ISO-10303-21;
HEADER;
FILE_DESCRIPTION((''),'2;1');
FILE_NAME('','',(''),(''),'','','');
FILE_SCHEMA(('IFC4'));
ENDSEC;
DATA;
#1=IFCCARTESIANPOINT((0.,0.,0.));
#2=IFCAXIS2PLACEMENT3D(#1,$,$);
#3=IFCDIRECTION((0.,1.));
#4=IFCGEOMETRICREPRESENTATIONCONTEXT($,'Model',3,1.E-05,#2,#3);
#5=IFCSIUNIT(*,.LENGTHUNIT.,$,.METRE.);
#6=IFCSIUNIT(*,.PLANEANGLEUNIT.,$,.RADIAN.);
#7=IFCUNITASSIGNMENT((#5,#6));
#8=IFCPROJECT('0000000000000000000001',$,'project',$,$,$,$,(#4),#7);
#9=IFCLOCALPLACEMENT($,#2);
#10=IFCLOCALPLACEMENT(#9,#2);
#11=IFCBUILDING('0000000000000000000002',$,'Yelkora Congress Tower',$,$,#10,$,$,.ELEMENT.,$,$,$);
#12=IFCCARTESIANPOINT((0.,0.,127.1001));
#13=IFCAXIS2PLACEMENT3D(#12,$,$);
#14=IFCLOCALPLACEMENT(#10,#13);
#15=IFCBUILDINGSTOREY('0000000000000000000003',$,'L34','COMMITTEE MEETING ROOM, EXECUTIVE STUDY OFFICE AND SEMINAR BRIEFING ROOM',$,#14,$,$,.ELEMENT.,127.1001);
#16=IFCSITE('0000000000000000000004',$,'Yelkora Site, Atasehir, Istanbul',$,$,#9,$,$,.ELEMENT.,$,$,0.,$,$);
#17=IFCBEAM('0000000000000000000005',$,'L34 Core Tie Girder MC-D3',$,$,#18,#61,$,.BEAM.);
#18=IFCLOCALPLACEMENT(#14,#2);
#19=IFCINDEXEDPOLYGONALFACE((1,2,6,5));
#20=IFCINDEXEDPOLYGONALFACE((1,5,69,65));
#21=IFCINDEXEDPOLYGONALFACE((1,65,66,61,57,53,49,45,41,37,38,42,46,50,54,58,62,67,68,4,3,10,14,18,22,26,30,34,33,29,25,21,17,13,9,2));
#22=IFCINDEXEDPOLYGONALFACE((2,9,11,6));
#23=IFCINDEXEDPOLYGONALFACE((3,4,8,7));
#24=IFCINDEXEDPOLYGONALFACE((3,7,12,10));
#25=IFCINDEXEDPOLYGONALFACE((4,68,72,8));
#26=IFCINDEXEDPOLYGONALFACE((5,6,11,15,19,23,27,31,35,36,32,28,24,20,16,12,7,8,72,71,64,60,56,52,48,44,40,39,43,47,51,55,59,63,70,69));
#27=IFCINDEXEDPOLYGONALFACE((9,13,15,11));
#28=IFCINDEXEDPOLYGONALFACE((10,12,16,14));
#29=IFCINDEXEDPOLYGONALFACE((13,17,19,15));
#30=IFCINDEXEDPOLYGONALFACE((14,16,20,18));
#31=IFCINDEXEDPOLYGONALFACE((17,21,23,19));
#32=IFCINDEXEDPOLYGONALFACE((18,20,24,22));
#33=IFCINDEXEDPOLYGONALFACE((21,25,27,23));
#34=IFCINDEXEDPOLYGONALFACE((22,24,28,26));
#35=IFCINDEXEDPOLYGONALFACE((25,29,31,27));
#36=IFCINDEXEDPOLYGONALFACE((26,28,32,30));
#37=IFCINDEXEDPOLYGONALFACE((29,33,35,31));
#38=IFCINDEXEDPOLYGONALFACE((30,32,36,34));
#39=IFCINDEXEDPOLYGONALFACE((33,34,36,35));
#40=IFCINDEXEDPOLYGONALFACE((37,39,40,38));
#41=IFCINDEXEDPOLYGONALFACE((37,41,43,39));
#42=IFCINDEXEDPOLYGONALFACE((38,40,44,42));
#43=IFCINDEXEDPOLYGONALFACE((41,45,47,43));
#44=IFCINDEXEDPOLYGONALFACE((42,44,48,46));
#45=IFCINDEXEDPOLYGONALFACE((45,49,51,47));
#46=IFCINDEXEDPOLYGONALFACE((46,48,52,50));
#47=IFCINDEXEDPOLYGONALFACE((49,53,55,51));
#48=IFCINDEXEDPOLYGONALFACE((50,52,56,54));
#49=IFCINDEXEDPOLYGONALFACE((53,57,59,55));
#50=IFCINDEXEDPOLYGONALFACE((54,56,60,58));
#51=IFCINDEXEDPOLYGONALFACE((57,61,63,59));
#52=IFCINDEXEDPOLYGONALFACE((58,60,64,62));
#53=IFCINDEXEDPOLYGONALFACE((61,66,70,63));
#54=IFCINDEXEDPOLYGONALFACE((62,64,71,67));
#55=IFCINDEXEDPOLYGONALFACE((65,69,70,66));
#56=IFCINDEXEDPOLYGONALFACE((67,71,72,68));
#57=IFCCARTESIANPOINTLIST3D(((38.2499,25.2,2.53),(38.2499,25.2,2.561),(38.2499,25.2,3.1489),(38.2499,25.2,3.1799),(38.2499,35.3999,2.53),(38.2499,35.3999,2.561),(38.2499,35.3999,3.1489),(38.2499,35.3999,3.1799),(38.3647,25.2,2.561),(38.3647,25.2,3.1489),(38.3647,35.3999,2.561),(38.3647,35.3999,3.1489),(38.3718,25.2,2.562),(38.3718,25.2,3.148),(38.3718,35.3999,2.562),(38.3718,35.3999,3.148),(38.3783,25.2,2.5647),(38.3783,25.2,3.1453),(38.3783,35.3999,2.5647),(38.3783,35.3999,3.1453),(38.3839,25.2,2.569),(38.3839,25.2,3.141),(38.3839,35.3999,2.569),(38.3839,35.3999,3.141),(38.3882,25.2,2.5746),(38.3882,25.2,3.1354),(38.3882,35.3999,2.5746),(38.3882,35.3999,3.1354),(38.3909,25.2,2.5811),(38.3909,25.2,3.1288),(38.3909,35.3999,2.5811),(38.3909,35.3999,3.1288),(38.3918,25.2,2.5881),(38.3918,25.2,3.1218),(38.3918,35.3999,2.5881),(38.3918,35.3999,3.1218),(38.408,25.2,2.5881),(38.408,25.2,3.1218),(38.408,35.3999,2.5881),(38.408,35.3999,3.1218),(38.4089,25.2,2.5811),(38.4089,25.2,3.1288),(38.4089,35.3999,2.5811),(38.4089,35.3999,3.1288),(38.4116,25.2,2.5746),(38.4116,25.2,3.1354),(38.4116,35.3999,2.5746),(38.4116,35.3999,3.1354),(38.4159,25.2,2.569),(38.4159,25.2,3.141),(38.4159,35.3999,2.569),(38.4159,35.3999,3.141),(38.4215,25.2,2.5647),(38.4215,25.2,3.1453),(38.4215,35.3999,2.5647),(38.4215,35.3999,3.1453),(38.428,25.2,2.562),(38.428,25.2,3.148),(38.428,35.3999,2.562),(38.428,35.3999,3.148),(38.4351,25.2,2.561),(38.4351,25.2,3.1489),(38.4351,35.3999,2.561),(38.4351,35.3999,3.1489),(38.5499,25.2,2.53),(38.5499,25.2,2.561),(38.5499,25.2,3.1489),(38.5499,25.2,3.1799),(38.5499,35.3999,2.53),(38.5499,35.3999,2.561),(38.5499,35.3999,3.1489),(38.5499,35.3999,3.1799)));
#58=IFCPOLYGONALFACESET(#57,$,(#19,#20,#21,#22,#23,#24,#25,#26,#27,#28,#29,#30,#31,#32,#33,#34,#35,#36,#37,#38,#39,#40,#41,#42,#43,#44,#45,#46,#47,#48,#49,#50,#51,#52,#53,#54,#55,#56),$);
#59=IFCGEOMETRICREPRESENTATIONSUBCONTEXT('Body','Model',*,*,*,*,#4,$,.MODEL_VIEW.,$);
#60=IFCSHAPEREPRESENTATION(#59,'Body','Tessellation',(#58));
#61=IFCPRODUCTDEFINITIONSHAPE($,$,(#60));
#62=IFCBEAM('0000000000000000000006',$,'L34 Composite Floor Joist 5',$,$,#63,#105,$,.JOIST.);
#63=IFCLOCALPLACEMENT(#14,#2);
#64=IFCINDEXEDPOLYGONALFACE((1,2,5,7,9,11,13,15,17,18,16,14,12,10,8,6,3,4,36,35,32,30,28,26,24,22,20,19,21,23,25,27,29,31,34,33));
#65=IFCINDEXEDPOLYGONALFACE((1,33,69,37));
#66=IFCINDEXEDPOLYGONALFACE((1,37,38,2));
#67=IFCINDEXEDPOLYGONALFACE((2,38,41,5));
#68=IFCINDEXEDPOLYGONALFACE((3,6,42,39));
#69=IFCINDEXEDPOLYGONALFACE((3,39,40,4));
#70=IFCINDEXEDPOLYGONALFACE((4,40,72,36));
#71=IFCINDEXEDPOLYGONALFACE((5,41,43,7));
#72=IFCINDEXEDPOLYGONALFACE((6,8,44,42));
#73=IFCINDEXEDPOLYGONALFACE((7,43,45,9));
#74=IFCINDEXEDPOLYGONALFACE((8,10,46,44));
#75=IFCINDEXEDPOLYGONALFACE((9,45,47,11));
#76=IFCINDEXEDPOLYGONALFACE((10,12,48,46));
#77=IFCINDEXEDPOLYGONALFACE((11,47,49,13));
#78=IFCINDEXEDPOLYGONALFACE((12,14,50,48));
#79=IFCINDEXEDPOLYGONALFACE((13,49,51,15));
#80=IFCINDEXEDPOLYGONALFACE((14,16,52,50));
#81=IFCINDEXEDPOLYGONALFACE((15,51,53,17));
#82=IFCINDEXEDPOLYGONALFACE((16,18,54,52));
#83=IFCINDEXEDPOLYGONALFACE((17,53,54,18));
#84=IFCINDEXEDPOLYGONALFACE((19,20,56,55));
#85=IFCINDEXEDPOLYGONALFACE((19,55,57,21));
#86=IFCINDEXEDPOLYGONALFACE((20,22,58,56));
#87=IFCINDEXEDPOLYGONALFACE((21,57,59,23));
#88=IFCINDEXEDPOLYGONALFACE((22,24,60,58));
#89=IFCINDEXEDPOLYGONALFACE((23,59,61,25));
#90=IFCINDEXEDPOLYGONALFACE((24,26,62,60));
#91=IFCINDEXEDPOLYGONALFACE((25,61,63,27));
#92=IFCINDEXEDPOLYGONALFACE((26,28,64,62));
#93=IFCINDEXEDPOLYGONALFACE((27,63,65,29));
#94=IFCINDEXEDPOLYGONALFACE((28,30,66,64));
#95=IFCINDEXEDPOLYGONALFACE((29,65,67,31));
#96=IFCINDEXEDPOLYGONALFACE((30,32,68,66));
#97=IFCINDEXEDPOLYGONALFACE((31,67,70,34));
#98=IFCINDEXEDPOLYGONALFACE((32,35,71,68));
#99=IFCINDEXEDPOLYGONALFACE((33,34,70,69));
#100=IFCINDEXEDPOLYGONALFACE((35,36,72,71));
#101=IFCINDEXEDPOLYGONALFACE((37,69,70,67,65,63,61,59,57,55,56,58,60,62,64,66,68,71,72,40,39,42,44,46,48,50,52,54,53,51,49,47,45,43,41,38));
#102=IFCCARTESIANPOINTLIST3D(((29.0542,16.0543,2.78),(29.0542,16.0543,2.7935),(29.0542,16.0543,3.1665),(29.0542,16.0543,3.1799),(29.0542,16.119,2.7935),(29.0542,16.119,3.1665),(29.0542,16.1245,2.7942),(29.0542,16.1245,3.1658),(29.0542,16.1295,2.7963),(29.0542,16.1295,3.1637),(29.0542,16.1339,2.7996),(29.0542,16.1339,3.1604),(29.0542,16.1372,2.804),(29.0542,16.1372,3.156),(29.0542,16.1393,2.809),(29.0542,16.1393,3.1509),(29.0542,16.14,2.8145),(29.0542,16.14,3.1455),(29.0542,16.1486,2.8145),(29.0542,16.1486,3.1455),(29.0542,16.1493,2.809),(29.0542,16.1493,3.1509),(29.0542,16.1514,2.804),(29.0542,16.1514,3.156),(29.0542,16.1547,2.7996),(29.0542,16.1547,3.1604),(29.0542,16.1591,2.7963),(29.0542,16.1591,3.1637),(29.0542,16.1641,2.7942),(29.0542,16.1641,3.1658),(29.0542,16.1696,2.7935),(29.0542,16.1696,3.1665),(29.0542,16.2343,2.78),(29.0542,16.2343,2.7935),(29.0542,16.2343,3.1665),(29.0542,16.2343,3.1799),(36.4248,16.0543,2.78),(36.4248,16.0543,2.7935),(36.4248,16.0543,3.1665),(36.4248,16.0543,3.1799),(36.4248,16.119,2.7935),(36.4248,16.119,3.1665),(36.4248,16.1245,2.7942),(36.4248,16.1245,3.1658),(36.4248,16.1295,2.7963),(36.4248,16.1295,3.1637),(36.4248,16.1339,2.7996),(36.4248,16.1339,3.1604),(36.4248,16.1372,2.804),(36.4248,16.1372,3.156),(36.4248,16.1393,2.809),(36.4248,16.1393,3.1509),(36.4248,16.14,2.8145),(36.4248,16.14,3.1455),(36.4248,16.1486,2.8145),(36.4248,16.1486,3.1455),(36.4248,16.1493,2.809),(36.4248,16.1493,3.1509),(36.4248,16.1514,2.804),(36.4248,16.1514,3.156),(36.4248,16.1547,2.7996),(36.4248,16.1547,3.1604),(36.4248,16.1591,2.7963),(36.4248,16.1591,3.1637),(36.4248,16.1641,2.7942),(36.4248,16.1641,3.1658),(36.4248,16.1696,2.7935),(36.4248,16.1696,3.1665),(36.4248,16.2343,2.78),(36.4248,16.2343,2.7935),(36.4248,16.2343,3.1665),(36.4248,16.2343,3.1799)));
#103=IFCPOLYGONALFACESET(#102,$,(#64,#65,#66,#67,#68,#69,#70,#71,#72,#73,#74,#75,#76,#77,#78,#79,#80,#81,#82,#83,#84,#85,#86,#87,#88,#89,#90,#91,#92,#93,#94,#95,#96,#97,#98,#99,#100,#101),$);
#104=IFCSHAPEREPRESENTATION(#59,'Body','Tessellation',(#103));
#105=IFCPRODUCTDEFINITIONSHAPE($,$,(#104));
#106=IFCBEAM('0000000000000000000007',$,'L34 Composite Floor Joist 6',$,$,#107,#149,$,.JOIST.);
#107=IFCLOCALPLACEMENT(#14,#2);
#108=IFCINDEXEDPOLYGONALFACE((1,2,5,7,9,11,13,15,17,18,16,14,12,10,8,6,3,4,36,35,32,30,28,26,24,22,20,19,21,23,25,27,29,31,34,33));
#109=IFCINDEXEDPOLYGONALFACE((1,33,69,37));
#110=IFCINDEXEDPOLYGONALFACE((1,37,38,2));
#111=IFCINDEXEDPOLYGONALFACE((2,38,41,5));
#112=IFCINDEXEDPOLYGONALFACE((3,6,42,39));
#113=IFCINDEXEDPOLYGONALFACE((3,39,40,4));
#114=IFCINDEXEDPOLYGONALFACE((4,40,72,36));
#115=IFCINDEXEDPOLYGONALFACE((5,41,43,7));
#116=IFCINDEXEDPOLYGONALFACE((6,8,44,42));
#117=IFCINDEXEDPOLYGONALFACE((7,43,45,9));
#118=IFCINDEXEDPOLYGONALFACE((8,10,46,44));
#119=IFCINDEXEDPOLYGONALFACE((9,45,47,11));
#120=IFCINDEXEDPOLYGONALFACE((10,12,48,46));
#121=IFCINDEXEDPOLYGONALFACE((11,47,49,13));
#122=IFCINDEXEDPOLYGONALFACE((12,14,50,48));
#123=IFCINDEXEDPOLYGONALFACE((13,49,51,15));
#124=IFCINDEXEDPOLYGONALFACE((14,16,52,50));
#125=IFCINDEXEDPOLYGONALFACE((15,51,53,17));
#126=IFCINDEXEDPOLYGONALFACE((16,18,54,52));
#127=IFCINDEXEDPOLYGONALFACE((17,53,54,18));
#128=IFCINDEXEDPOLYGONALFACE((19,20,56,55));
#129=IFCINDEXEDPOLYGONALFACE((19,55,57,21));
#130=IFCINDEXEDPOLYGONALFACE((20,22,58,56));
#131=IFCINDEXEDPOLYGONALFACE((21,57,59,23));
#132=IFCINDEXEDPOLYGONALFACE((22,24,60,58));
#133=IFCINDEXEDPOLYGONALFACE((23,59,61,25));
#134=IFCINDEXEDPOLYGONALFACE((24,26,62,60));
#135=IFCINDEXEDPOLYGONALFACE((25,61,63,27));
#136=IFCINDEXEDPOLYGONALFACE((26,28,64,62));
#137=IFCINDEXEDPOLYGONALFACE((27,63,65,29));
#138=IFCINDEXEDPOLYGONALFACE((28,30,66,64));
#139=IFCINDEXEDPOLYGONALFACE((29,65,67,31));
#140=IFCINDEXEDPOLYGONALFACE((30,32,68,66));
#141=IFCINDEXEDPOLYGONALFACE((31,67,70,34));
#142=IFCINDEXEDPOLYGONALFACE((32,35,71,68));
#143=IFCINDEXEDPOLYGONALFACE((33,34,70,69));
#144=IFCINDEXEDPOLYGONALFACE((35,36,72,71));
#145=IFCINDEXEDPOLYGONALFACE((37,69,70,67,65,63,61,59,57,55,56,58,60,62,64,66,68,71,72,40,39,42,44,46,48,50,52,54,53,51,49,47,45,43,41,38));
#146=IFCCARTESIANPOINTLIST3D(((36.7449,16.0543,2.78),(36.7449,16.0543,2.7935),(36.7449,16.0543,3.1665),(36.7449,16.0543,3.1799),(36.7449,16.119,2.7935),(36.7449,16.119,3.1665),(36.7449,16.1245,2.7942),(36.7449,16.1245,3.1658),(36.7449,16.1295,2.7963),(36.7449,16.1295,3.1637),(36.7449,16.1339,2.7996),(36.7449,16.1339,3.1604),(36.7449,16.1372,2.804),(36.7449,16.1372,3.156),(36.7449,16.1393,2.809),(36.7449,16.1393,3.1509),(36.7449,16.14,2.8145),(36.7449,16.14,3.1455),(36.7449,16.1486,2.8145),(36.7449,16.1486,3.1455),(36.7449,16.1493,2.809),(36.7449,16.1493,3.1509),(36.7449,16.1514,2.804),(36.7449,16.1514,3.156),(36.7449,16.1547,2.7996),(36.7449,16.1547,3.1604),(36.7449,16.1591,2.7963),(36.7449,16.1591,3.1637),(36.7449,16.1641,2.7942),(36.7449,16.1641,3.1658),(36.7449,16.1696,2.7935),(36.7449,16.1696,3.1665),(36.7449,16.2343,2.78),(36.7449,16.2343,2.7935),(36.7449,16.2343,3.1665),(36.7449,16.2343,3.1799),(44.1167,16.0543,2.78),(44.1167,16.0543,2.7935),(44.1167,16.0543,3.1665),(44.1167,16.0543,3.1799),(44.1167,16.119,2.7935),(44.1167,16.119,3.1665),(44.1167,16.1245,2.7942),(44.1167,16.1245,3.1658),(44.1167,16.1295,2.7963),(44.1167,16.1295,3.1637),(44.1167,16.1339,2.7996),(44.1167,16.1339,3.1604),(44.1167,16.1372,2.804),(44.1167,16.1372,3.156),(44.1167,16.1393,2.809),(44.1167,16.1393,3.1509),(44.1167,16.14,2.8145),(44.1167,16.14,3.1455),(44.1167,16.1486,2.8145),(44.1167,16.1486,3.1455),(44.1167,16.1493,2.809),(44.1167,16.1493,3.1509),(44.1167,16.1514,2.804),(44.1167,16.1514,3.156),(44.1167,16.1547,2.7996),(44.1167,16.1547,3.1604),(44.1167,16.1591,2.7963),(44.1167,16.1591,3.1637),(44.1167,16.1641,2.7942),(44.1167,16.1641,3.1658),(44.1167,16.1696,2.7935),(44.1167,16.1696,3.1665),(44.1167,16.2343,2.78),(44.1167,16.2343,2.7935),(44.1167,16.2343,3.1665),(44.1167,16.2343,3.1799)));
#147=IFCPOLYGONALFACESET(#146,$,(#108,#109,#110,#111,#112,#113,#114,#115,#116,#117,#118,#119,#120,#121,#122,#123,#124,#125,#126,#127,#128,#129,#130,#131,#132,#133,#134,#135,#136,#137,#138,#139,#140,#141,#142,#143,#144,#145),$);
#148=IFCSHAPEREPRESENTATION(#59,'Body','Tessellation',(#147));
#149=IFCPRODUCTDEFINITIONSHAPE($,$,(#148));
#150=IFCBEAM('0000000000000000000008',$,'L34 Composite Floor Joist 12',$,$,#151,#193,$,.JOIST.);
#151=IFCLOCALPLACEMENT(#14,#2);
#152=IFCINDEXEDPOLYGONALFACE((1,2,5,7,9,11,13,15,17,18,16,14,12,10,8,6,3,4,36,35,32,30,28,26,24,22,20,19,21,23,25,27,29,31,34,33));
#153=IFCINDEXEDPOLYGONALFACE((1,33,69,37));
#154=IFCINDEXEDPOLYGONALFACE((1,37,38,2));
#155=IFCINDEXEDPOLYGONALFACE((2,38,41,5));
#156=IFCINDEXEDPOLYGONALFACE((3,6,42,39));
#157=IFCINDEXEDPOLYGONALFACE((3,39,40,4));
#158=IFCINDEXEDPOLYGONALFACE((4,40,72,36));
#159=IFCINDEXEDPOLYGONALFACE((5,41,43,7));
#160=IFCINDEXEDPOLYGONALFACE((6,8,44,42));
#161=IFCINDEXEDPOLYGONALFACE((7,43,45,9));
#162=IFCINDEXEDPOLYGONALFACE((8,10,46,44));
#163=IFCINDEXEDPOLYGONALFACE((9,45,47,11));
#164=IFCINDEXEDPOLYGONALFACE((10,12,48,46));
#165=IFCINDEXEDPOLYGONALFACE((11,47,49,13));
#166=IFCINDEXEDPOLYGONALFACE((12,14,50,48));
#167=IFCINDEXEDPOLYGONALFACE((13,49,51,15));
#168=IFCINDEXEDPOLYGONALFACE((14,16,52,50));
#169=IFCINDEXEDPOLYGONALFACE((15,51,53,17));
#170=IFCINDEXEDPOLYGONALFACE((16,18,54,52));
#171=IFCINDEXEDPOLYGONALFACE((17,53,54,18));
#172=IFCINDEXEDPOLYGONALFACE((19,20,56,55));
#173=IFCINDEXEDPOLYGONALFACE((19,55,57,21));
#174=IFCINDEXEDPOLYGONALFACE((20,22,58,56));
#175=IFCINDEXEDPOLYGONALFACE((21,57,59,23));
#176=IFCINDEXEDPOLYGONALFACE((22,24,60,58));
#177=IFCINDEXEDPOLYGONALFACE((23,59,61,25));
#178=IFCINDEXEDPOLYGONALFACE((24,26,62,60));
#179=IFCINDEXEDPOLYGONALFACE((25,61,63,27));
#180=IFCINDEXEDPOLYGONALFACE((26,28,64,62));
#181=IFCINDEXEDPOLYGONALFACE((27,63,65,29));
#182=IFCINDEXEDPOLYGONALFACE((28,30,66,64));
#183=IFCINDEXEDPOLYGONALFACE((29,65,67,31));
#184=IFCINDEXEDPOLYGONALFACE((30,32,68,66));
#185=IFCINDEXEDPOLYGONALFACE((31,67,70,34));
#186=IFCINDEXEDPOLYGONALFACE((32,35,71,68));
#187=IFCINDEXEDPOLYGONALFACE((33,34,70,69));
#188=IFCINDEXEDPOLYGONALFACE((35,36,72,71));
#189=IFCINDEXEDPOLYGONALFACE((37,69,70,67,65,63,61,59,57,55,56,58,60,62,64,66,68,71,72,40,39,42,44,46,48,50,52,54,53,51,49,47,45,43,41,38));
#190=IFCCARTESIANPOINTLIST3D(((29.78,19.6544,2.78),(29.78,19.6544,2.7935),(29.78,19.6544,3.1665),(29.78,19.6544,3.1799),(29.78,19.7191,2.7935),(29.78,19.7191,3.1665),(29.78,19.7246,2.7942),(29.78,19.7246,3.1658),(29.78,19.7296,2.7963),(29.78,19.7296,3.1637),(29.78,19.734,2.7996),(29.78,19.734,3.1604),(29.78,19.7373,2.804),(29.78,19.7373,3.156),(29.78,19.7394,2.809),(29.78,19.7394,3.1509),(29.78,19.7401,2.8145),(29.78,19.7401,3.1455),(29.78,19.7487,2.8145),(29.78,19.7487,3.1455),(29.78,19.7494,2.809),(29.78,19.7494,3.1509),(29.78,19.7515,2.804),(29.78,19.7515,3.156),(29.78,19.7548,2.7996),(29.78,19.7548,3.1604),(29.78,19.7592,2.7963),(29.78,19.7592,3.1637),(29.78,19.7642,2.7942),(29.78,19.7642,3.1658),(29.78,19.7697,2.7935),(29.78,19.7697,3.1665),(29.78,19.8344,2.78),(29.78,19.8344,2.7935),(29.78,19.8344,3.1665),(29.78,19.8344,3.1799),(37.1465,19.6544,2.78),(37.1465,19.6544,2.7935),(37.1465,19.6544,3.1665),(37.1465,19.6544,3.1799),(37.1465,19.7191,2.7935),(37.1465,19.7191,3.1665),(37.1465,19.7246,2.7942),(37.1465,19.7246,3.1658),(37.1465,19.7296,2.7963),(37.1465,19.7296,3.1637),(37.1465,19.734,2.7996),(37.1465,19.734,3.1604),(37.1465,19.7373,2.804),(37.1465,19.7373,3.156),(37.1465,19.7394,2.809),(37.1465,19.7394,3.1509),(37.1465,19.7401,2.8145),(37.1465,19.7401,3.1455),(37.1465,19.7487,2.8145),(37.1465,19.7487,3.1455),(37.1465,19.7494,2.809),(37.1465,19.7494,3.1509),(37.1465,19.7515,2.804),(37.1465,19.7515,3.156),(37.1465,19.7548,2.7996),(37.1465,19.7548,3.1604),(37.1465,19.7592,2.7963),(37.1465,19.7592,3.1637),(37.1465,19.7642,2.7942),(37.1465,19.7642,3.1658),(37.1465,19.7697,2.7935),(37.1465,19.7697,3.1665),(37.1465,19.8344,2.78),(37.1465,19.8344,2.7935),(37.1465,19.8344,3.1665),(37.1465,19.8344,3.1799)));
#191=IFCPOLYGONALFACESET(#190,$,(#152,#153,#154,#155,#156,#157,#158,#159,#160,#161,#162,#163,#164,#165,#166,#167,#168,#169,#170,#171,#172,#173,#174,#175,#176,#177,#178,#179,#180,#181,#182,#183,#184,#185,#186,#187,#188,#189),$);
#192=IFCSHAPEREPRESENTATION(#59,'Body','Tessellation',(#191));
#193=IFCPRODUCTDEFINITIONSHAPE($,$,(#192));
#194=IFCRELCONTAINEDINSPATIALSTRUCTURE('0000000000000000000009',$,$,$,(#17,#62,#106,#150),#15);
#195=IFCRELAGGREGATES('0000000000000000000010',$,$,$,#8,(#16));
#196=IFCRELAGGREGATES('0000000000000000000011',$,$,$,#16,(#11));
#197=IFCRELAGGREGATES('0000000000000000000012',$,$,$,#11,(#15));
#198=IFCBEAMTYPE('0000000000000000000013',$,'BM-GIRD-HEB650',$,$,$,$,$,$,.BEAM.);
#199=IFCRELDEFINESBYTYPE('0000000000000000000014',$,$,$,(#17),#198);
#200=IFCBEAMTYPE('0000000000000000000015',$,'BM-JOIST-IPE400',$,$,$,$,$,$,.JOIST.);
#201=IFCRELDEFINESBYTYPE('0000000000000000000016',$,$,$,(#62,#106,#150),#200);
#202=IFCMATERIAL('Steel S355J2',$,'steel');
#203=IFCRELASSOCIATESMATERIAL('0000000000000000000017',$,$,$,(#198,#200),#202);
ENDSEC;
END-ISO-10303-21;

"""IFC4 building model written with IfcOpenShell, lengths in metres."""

from ifc_helpers import new_model, si_unit, direction, frame, origin, origin_2d, place, context, subcontext, project, spatial, i_section, extrude, material, material_profile, profile_set, type_object, element, save


model = new_model("IFC4")

# Units and contexts
model_context = context("Model", 3, precision=1e-05, world=origin(), true_north=direction((0.0, 1.0)))
body_context = subcontext(model_context, "Body", "Model", "MODEL_VIEW")
ifc_project = project(units=[si_unit("LENGTHUNIT", "METRE"), si_unit("PLANEANGLEUNIT", "RADIAN")], contexts=[model_context])

# Site, building, storey
site_placement = place(None, origin())
site = spatial("IfcSite", under=ifc_project, at=site_placement, Name="Yelkora Site, Atasehir, Istanbul", CompositionType="ELEMENT", RefElevation=0.0)
building_placement = place(site_placement, origin())
building = spatial("IfcBuilding", under=site, at=building_placement, Name="Yelkora Congress Tower", CompositionType="ELEMENT")
storey_placement = place(building_placement, frame((0.0, 0.0, 127.1001)))
storey = spatial("IfcBuildingStorey", under=building, at=storey_placement, Name="L34", Description="COMMITTEE MEETING ROOM, EXECUTIVE STUDY OFFICE AND SEMINAR BRIEFING ROOM", CompositionType="ELEMENT", Elevation=127.1001)

# Beams
ifc_material_1 = material(Name="Steel S355J2", Category="steel")
ifc_material_profile_1 = material_profile(ifc_material_1, i_section(OverallWidth=0.3, OverallDepth=0.6499, WebThickness=0.0161, FlangeThickness=0.031, FilletRadius=0.0271, at=origin_2d()), Name="HEB 650")
ifc_profile_set_1 = profile_set([ifc_material_profile_1], Name="Steel S355J2")
beam_type_1 = type_object("IfcBeamType", Name="BM-GIRD-HEB650", PredefinedType="BEAM", material=ifc_profile_set_1)
for number, where, z_axis, x_axis, name in (
    (1, (38.3999, 25.2, 2.855), (0.0, 1.0, 0.0), (-1.0, 0.0, 0.0), "L34 Core Tie Girder MC-D3"),
):
    element("IfcBeam", number, at=place(storey_placement, frame(where, z_axis=z_axis, x_axis=x_axis)), inside=storey, type_object=beam_type_1, Name=name, PredefinedType="BEAM", context=body_context, shape_type="SweptSolid", body=[
        extrude(i_section(OverallWidth=0.3, OverallDepth=0.6499, WebThickness=0.0161, FlangeThickness=0.031, FilletRadius=0.0271, at=origin_2d()), origin(), (0.0, 0.0, 1.0), 10.2),
    ])
ifc_material_profile_2 = material_profile(ifc_material_1, i_section(OverallWidth=0.1799, OverallDepth=0.3999, WebThickness=0.0085, FlangeThickness=0.0134, FilletRadius=0.021, at=origin_2d()), Name="IPE 400")
ifc_profile_set_2 = profile_set([ifc_material_profile_2], Name="Steel S355J2")
beam_type_2 = type_object("IfcBeamType", Name="BM-JOIST-IPE400", PredefinedType="JOIST", material=ifc_profile_set_2)
beam_1_placement = place(storey_placement, frame((29.0542, 16.1443, 2.98), z_axis=(1.0, 0.0, 0.0), x_axis=(0.0, 1.0, 0.0)))
element("IfcBeam", 2, at=beam_1_placement, inside=storey, type_object=beam_type_2, Name="L34 Composite Floor Joist 5", PredefinedType="JOIST", context=body_context, shape_type="SweptSolid", body=[
    extrude(i_section(OverallWidth=0.1799, OverallDepth=0.3999, WebThickness=0.0085, FlangeThickness=0.0134, FilletRadius=0.021, at=origin_2d()), origin(), (0.0, 0.0, 1.0), 7.3706),
])
beam_2_placement = place(storey_placement, frame((36.7449, 16.1443, 2.98), z_axis=(1.0, 0.0, 0.0), x_axis=(0.0, 1.0, 0.0)))
element("IfcBeam", 3, at=beam_2_placement, inside=storey, type_object=beam_type_2, Name="L34 Composite Floor Joist 6", PredefinedType="JOIST", context=body_context, shape_type="SweptSolid", body=[
    extrude(i_section(OverallWidth=0.1799, OverallDepth=0.3999, WebThickness=0.0085, FlangeThickness=0.0134, FilletRadius=0.021, at=origin_2d()), origin(), (0.0, 0.0, 1.0), 7.3718),
])
beam_3_placement = place(storey_placement, frame((29.78, 19.7444, 2.98), z_axis=(1.0, 0.0, 0.0), x_axis=(0.0, 1.0, 0.0)))
element("IfcBeam", 4, at=beam_3_placement, inside=storey, type_object=beam_type_2, Name="L34 Composite Floor Joist 12", PredefinedType="JOIST", context=body_context, shape_type="SweptSolid", body=[
    extrude(i_section(OverallWidth=0.1799, OverallDepth=0.3999, WebThickness=0.0085, FlangeThickness=0.0134, FilletRadius=0.021, at=origin_2d()), origin(), (0.0, 0.0, 1.0), 7.3665),
])

save(model, "model.ifc")
